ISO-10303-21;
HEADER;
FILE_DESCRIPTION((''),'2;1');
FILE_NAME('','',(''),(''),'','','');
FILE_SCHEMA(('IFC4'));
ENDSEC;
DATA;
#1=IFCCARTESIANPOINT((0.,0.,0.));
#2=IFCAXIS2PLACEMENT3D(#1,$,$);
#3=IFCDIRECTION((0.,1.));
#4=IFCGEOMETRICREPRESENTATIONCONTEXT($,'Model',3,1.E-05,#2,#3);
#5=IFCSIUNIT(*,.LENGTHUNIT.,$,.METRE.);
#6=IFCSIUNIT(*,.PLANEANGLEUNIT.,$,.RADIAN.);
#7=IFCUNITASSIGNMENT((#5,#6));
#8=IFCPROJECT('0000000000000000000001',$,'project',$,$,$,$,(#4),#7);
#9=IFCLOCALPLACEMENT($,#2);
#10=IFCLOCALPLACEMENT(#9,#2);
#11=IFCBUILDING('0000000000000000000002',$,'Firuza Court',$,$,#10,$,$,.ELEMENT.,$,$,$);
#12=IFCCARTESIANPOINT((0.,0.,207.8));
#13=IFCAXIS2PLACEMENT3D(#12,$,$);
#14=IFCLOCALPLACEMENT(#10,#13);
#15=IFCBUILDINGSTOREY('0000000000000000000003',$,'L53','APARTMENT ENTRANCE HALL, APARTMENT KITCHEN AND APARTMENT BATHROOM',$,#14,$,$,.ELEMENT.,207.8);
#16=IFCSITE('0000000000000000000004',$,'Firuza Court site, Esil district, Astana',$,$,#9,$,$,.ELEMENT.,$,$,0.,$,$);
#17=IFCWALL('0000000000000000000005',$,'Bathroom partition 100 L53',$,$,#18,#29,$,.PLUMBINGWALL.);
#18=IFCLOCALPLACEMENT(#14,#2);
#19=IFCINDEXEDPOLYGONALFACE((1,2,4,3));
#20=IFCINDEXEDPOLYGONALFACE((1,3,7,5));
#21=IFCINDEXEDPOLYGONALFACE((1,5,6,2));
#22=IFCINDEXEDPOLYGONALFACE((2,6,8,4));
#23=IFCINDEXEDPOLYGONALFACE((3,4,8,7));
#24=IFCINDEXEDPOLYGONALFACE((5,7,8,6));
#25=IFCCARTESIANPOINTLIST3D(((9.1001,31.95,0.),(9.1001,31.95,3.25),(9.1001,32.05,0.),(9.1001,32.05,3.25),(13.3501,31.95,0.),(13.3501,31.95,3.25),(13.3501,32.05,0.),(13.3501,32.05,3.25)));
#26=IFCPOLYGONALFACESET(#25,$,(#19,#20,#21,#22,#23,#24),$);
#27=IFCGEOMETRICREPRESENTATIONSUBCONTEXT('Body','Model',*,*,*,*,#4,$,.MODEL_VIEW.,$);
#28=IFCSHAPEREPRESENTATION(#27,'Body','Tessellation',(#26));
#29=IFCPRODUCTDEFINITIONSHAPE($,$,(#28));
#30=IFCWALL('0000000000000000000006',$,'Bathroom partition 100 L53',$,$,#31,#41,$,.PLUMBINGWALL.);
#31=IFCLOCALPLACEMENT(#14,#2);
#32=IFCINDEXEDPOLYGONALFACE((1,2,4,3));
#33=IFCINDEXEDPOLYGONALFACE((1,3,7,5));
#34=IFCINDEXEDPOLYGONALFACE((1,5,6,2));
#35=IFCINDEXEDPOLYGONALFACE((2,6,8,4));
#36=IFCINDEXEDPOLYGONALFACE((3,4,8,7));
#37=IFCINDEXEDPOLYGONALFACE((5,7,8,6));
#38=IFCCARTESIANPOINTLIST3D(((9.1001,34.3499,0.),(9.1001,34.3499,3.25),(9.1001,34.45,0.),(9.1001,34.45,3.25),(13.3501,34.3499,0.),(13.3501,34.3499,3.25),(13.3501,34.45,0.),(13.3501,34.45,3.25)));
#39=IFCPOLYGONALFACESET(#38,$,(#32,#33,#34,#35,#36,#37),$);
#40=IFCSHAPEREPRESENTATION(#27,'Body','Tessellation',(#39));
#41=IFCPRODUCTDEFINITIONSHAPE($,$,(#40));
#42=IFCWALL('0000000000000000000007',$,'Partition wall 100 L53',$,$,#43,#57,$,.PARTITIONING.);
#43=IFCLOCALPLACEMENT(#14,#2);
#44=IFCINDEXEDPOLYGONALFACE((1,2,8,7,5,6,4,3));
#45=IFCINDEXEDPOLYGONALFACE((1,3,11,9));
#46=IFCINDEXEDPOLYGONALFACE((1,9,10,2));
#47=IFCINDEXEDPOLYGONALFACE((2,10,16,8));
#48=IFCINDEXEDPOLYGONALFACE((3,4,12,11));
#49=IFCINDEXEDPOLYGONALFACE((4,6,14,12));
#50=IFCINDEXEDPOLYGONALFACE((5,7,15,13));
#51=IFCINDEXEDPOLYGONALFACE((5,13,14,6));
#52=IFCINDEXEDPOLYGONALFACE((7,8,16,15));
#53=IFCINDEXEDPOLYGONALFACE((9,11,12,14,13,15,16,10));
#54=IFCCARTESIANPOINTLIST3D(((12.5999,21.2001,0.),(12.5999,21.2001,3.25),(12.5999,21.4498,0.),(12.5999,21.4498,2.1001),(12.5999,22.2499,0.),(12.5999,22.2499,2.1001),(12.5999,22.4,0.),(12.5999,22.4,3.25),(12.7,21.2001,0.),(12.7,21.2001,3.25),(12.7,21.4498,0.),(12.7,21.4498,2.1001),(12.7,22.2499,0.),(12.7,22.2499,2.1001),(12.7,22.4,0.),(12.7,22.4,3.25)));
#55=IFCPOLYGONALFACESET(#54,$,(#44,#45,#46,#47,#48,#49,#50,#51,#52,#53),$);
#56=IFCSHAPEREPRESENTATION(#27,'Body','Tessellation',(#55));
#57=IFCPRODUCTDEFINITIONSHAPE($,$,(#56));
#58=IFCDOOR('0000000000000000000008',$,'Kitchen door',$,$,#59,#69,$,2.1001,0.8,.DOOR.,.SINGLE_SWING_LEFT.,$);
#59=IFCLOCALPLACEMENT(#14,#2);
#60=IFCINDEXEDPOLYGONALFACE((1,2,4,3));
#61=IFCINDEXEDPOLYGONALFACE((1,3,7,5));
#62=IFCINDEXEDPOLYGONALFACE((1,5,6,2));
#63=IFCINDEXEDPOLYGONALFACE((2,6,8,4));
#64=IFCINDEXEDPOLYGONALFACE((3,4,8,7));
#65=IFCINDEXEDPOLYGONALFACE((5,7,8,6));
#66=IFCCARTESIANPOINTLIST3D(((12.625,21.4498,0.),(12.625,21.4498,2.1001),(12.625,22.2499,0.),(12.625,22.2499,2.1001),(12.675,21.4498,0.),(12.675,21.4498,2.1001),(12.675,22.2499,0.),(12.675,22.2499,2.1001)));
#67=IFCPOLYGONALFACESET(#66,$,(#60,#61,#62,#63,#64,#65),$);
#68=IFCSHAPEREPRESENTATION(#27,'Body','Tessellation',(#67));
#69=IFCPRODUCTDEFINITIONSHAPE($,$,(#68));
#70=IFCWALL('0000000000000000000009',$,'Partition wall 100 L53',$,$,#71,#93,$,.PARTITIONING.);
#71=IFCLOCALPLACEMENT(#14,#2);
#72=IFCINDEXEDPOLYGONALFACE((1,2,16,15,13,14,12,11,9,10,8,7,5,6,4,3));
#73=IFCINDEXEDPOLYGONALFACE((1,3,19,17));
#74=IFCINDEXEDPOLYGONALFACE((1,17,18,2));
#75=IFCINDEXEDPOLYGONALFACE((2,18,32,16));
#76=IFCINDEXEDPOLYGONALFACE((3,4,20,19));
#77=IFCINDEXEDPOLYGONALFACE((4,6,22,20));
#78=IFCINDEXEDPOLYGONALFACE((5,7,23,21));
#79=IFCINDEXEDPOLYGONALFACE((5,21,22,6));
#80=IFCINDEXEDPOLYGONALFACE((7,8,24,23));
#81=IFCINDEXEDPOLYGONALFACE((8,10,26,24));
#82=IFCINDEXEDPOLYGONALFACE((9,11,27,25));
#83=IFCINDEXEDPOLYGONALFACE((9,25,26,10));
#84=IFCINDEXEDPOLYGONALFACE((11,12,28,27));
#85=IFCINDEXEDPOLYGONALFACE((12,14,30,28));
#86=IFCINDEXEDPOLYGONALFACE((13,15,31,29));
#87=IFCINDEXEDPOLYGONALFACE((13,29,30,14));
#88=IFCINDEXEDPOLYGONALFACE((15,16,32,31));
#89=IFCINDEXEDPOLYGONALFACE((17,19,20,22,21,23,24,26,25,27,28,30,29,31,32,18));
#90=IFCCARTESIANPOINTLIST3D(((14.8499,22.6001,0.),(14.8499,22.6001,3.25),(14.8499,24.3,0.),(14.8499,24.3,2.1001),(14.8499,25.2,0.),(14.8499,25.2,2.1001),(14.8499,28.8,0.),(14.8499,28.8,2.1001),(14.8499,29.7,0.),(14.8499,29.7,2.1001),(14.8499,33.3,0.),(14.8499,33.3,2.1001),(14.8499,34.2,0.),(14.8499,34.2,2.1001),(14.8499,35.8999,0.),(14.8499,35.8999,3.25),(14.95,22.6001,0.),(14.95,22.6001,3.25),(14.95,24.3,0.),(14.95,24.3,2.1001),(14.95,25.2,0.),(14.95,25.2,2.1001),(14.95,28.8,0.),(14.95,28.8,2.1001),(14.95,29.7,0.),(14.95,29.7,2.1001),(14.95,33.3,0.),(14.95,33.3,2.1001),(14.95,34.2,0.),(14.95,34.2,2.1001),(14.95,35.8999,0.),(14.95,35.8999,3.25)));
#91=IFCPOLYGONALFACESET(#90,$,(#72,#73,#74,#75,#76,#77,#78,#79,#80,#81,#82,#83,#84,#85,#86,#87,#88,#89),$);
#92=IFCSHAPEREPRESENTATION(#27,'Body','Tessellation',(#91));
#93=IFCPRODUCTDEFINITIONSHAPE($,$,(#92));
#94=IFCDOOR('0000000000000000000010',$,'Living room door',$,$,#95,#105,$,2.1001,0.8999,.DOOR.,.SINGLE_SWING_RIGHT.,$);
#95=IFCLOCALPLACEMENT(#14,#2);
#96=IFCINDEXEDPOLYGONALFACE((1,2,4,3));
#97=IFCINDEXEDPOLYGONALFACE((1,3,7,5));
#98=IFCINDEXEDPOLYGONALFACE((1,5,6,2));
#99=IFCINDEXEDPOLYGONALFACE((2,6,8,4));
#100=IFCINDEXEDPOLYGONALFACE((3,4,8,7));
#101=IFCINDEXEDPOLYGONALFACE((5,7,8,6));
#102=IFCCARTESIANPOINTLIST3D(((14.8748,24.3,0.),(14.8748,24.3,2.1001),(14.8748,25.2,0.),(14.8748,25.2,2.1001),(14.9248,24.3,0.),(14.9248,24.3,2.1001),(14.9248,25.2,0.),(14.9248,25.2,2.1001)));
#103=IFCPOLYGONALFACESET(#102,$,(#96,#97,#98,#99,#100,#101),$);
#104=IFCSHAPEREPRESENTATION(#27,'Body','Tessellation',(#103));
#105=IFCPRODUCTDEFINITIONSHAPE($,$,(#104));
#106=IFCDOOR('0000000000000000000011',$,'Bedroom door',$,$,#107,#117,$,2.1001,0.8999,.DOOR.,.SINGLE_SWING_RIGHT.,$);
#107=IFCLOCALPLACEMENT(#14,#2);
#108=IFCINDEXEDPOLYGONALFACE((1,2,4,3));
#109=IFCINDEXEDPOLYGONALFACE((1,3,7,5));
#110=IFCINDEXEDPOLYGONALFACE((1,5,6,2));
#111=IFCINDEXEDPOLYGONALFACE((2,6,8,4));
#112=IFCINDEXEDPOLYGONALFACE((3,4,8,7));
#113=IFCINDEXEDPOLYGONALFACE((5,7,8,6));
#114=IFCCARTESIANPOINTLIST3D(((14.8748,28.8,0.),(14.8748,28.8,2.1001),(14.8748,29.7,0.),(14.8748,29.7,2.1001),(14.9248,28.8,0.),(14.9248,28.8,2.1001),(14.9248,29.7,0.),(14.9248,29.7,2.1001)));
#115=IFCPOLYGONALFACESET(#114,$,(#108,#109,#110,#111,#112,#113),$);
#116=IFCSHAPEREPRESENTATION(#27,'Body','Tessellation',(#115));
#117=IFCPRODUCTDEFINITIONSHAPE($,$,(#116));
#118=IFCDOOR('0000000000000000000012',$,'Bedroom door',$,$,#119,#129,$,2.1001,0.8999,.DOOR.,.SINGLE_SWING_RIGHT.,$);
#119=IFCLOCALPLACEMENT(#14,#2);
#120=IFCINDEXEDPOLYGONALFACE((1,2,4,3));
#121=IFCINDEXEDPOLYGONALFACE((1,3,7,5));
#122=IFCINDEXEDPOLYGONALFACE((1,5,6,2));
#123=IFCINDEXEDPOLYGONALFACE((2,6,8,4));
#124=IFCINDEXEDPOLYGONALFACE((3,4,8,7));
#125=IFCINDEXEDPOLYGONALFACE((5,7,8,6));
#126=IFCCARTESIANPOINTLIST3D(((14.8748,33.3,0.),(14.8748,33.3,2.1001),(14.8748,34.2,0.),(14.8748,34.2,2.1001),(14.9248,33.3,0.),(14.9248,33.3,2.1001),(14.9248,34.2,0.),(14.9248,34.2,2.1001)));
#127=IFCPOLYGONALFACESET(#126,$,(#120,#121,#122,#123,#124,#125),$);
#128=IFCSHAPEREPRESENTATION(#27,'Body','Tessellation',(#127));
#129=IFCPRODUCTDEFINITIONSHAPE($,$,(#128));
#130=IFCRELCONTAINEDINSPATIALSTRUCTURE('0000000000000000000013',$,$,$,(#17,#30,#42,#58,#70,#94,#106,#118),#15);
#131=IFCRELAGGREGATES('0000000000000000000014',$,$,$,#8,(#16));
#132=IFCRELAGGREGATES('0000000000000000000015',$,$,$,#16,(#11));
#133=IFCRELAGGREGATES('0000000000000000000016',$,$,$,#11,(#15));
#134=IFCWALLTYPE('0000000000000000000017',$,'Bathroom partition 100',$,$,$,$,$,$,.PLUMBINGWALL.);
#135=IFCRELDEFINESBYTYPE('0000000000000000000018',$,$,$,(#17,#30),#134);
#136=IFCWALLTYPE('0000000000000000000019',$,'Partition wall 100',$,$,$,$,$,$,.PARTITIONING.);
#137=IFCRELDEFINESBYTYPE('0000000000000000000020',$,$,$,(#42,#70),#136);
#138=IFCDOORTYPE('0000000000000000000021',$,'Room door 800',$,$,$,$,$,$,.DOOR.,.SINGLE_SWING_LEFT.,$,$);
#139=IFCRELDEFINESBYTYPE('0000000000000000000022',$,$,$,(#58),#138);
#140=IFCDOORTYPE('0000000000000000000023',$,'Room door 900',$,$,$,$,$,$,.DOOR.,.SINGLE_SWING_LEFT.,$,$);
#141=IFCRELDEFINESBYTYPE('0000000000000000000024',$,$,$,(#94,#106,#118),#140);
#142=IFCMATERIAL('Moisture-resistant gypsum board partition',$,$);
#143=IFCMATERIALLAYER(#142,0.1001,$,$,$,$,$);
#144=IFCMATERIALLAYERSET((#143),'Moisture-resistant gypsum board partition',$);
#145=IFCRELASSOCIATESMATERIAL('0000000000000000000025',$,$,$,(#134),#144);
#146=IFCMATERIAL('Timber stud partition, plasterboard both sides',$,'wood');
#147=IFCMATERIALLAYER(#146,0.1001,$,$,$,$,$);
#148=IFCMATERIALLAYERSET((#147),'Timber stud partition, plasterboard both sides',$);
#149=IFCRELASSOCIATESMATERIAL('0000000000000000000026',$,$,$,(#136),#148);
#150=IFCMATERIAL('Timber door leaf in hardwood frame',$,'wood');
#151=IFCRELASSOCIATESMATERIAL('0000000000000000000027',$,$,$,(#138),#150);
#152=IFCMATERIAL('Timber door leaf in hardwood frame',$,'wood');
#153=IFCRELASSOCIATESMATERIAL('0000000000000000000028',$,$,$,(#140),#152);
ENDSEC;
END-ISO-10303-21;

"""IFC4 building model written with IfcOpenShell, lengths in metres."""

from ifc_helpers import new_model, si_unit, direction, frame, frame_2d, origin, place, context, subcontext, project, spatial, rectangle, extrude, material, layer, layer_set, type_object, element, fill, save


model = new_model("IFC4")

# Units and contexts
model_context = context("Model", 3, precision=1e-05, world=origin(), true_north=direction((0.0, 1.0)))
body_context = subcontext(model_context, "Body", "Model", "MODEL_VIEW")
ifc_project = project(units=[si_unit("LENGTHUNIT", "METRE"), si_unit("PLANEANGLEUNIT", "RADIAN")], contexts=[model_context])

# Site, building, storey
site_placement = place(None, origin())
site = spatial("IfcSite", under=ifc_project, at=site_placement, Name="Firuza Court site, Esil district, Astana", CompositionType="ELEMENT", RefElevation=0.0)
building_placement = place(site_placement, origin())
building = spatial("IfcBuilding", under=site, at=building_placement, Name="Firuza Court", CompositionType="ELEMENT")
storey_placement = place(building_placement, frame((0.0, 0.0, 207.8)))
storey = spatial("IfcBuildingStorey", under=building, at=storey_placement, Name="L53", Description="APARTMENT ENTRANCE HALL, APARTMENT KITCHEN AND APARTMENT BATHROOM", CompositionType="ELEMENT", Elevation=207.8)

# Walls
ifc_material_1 = material(Name="Moisture-resistant gypsum board partition")
ifc_layer_1 = layer(ifc_material_1, 0.1001)
ifc_layer_set_1 = layer_set([ifc_layer_1], Name="Moisture-resistant gypsum board partition")
wall_type_1 = type_object("IfcWallType", Name="Bathroom partition 100", PredefinedType="PLUMBINGWALL", material=ifc_layer_set_1)
for number, where, z_axis, x_axis, name in (
    (1, (9.1001, 32.0, 0.0), (0.0, 0.0, 1.0), (1.0, 0.0, 0.0), "Bathroom partition 100 L53"),
    (2, (9.1001, 34.3999, 0.0), (0.0, 0.0, 1.0), (1.0, 0.0, 0.0), "Bathroom partition 100 L53"),
):
    element("IfcWall", number, at=place(storey_placement, frame(where, z_axis=z_axis, x_axis=x_axis)), inside=storey, type_object=wall_type_1, Name=name, PredefinedType="PLUMBINGWALL", context=body_context, shape_type="SweptSolid", body=[
        extrude(rectangle(XDim=4.25, YDim=0.1001, at=frame_2d((2.125, 0.0))), origin(), (0.0, 0.0, 1.0), 3.25),
    ])

# Wall, opening, door
ifc_material_2 = material(Name="Timber stud partition, plasterboard both sides", Category="wood")
ifc_layer_2 = layer(ifc_material_2, 0.1001)
ifc_layer_set_2 = layer_set([ifc_layer_2], Name="Timber stud partition, plasterboard both sides")
wall_type_2 = type_object("IfcWallType", Name="Partition wall 100", PredefinedType="PARTITIONING", material=ifc_layer_set_2)
wall_1_placement = place(storey_placement, frame((12.6499, 21.2, 0.0), z_axis=(0.0, 0.0, 1.0), x_axis=(0.0, 1.0, 0.0)))
wall_1 = element("IfcWall", 3, at=wall_1_placement, inside=storey, type_object=wall_type_2, Name="Partition wall 100 L53", PredefinedType="PARTITIONING", context=body_context, shape_type="SweptSolid", body=[
    extrude(rectangle(XDim=1.2, YDim=0.1001, at=frame_2d((0.6001, 0.0))), origin(), (0.0, 0.0, 1.0), 3.25),
])
opening_1_placement = place(wall_1_placement, frame((0.25, 0.0, 0.0)))
opening_1 = element("IfcOpeningElement", 4, at=opening_1_placement, cuts=wall_1, PredefinedType="OPENING", context=body_context, shape_type="SweptSolid", body=[
    extrude(rectangle(XDim=0.8, YDim=2.1001, at=frame_2d((0.3999, 1.05))), frame((0.0, 0.062, 0.0), z_axis=(0.0, -1.0, 0.0), x_axis=(1.0, 0.0, 0.0)), (0.0, 0.0, 1.0), 0.124),
])
ifc_material_3 = material(Name="Timber door leaf in hardwood frame", Category="wood")
door_type_1 = type_object("IfcDoorType", Name="Room door 800", OperationType="SINGLE_SWING_LEFT", PredefinedType="DOOR", material=ifc_material_3)
door_1_placement = place(opening_1_placement, origin())
door_1 = element("IfcDoor", 5, at=door_1_placement, inside=storey, type_object=door_type_1, Name="Kitchen door", OperationType="SINGLE_SWING_LEFT", OverallHeight=2.1001, OverallWidth=0.8, PredefinedType="DOOR", context=body_context, shape_type="SweptSolid", body=[
    extrude(rectangle(XDim=0.8, YDim=2.1001, at=frame_2d((0.3999, 1.05))), frame((0.0, 0.0249, 0.0), z_axis=(0.0, -1.0, 0.0), x_axis=(1.0, 0.0, 0.0)), (0.0, 0.0, 1.0), 0.05),
])
fill(opening_1, door_1)

# Wall, openings, doors
wall_2_placement = place(storey_placement, frame((14.8999, 22.6001, 0.0), z_axis=(0.0, 0.0, 1.0), x_axis=(0.0, 1.0, 0.0)))
wall_2 = element("IfcWall", 6, at=wall_2_placement, inside=storey, type_object=wall_type_2, Name="Partition wall 100 L53", PredefinedType="PARTITIONING", context=body_context, shape_type="SweptSolid", body=[
    extrude(rectangle(XDim=13.2998, YDim=0.1001, at=frame_2d((6.6499, 0.0))), origin(), (0.0, 0.0, 1.0), 3.25),
])
opening_2_placement = place(wall_2_placement, frame((1.7, 0.0, 0.0)))
opening_2 = element("IfcOpeningElement", 7, at=opening_2_placement, cuts=wall_2, PredefinedType="OPENING", context=body_context, shape_type="SweptSolid", body=[
    extrude(rectangle(XDim=0.8999, YDim=2.1001, at=frame_2d((0.45, 1.05))), frame((0.0, 0.062, 0.0), z_axis=(0.0, -1.0, 0.0), x_axis=(1.0, 0.0, 0.0)), (0.0, 0.0, 1.0), 0.124),
])
opening_3_placement = place(wall_2_placement, frame((6.2, 0.0, 0.0)))
opening_3 = element("IfcOpeningElement", 8, at=opening_3_placement, cuts=wall_2, PredefinedType="OPENING", context=body_context, shape_type="SweptSolid", body=[
    extrude(rectangle(XDim=0.8999, YDim=2.1001, at=frame_2d((0.45, 1.05))), frame((0.0, 0.062, 0.0), z_axis=(0.0, -1.0, 0.0), x_axis=(1.0, 0.0, 0.0)), (0.0, 0.0, 1.0), 0.124),
])
opening_4_placement = place(wall_2_placement, frame((10.7, 0.0, 0.0)))
opening_4 = element("IfcOpeningElement", 9, at=opening_4_placement, cuts=wall_2, PredefinedType="OPENING", context=body_context, shape_type="SweptSolid", body=[
    extrude(rectangle(XDim=0.8999, YDim=2.1001, at=frame_2d((0.45, 1.05))), frame((0.0, 0.062, 0.0), z_axis=(0.0, -1.0, 0.0), x_axis=(1.0, 0.0, 0.0)), (0.0, 0.0, 1.0), 0.124),
])
ifc_material_4 = material(Name="Timber door leaf in hardwood frame", Category="wood")
door_type_2 = type_object("IfcDoorType", Name="Room door 900", OperationType="SINGLE_SWING_LEFT", PredefinedType="DOOR", material=ifc_material_4)
door_2_placement = place(opening_2_placement, frame((0.8999, 0.0, 0.0), z_axis=(0.0, 0.0, 1.0), x_axis=(-1.0, 0.0, 0.0)))
door_2 = element("IfcDoor", 10, at=door_2_placement, inside=storey, type_object=door_type_2, Name="Living room door", OperationType="SINGLE_SWING_RIGHT", OverallHeight=2.1001, OverallWidth=0.8999, PredefinedType="DOOR", context=body_context, shape_type="SweptSolid", body=[
    extrude(rectangle(XDim=0.8999, YDim=2.1001, at=frame_2d((0.45, 1.05))), frame((0.0, 0.0249, 0.0), z_axis=(0.0, -1.0, 0.0), x_axis=(1.0, 0.0, 0.0)), (0.0, 0.0, 1.0), 0.05),
])
fill(opening_2, door_2)
door_3_placement = place(opening_3_placement, frame((0.8999, 0.0, 0.0), z_axis=(0.0, 0.0, 1.0), x_axis=(-1.0, 0.0, 0.0)))
door_3 = element("IfcDoor", 11, at=door_3_placement, inside=storey, type_object=door_type_2, Name="Bedroom door", OperationType="SINGLE_SWING_RIGHT", OverallHeight=2.1001, OverallWidth=0.8999, PredefinedType="DOOR", context=body_context, shape_type="SweptSolid", body=[
    extrude(rectangle(XDim=0.8999, YDim=2.1001, at=frame_2d((0.45, 1.05))), frame((0.0, 0.0249, 0.0), z_axis=(0.0, -1.0, 0.0), x_axis=(1.0, 0.0, 0.0)), (0.0, 0.0, 1.0), 0.05),
])
fill(opening_3, door_3)
door_4_placement = place(opening_4_placement, frame((0.8999, 0.0, 0.0), z_axis=(0.0, 0.0, 1.0), x_axis=(-1.0, 0.0, 0.0)))
door_4 = element("IfcDoor", 12, at=door_4_placement, inside=storey, type_object=door_type_2, Name="Bedroom door", OperationType="SINGLE_SWING_RIGHT", OverallHeight=2.1001, OverallWidth=0.8999, PredefinedType="DOOR", context=body_context, shape_type="SweptSolid", body=[
    extrude(rectangle(XDim=0.8999, YDim=2.1001, at=frame_2d((0.45, 1.05))), frame((0.0, 0.0249, 0.0), z_axis=(0.0, -1.0, 0.0), x_axis=(1.0, 0.0, 0.0)), (0.0, 0.0, 1.0), 0.05),
])
fill(opening_4, door_4)

save(model, "model.ifc")
